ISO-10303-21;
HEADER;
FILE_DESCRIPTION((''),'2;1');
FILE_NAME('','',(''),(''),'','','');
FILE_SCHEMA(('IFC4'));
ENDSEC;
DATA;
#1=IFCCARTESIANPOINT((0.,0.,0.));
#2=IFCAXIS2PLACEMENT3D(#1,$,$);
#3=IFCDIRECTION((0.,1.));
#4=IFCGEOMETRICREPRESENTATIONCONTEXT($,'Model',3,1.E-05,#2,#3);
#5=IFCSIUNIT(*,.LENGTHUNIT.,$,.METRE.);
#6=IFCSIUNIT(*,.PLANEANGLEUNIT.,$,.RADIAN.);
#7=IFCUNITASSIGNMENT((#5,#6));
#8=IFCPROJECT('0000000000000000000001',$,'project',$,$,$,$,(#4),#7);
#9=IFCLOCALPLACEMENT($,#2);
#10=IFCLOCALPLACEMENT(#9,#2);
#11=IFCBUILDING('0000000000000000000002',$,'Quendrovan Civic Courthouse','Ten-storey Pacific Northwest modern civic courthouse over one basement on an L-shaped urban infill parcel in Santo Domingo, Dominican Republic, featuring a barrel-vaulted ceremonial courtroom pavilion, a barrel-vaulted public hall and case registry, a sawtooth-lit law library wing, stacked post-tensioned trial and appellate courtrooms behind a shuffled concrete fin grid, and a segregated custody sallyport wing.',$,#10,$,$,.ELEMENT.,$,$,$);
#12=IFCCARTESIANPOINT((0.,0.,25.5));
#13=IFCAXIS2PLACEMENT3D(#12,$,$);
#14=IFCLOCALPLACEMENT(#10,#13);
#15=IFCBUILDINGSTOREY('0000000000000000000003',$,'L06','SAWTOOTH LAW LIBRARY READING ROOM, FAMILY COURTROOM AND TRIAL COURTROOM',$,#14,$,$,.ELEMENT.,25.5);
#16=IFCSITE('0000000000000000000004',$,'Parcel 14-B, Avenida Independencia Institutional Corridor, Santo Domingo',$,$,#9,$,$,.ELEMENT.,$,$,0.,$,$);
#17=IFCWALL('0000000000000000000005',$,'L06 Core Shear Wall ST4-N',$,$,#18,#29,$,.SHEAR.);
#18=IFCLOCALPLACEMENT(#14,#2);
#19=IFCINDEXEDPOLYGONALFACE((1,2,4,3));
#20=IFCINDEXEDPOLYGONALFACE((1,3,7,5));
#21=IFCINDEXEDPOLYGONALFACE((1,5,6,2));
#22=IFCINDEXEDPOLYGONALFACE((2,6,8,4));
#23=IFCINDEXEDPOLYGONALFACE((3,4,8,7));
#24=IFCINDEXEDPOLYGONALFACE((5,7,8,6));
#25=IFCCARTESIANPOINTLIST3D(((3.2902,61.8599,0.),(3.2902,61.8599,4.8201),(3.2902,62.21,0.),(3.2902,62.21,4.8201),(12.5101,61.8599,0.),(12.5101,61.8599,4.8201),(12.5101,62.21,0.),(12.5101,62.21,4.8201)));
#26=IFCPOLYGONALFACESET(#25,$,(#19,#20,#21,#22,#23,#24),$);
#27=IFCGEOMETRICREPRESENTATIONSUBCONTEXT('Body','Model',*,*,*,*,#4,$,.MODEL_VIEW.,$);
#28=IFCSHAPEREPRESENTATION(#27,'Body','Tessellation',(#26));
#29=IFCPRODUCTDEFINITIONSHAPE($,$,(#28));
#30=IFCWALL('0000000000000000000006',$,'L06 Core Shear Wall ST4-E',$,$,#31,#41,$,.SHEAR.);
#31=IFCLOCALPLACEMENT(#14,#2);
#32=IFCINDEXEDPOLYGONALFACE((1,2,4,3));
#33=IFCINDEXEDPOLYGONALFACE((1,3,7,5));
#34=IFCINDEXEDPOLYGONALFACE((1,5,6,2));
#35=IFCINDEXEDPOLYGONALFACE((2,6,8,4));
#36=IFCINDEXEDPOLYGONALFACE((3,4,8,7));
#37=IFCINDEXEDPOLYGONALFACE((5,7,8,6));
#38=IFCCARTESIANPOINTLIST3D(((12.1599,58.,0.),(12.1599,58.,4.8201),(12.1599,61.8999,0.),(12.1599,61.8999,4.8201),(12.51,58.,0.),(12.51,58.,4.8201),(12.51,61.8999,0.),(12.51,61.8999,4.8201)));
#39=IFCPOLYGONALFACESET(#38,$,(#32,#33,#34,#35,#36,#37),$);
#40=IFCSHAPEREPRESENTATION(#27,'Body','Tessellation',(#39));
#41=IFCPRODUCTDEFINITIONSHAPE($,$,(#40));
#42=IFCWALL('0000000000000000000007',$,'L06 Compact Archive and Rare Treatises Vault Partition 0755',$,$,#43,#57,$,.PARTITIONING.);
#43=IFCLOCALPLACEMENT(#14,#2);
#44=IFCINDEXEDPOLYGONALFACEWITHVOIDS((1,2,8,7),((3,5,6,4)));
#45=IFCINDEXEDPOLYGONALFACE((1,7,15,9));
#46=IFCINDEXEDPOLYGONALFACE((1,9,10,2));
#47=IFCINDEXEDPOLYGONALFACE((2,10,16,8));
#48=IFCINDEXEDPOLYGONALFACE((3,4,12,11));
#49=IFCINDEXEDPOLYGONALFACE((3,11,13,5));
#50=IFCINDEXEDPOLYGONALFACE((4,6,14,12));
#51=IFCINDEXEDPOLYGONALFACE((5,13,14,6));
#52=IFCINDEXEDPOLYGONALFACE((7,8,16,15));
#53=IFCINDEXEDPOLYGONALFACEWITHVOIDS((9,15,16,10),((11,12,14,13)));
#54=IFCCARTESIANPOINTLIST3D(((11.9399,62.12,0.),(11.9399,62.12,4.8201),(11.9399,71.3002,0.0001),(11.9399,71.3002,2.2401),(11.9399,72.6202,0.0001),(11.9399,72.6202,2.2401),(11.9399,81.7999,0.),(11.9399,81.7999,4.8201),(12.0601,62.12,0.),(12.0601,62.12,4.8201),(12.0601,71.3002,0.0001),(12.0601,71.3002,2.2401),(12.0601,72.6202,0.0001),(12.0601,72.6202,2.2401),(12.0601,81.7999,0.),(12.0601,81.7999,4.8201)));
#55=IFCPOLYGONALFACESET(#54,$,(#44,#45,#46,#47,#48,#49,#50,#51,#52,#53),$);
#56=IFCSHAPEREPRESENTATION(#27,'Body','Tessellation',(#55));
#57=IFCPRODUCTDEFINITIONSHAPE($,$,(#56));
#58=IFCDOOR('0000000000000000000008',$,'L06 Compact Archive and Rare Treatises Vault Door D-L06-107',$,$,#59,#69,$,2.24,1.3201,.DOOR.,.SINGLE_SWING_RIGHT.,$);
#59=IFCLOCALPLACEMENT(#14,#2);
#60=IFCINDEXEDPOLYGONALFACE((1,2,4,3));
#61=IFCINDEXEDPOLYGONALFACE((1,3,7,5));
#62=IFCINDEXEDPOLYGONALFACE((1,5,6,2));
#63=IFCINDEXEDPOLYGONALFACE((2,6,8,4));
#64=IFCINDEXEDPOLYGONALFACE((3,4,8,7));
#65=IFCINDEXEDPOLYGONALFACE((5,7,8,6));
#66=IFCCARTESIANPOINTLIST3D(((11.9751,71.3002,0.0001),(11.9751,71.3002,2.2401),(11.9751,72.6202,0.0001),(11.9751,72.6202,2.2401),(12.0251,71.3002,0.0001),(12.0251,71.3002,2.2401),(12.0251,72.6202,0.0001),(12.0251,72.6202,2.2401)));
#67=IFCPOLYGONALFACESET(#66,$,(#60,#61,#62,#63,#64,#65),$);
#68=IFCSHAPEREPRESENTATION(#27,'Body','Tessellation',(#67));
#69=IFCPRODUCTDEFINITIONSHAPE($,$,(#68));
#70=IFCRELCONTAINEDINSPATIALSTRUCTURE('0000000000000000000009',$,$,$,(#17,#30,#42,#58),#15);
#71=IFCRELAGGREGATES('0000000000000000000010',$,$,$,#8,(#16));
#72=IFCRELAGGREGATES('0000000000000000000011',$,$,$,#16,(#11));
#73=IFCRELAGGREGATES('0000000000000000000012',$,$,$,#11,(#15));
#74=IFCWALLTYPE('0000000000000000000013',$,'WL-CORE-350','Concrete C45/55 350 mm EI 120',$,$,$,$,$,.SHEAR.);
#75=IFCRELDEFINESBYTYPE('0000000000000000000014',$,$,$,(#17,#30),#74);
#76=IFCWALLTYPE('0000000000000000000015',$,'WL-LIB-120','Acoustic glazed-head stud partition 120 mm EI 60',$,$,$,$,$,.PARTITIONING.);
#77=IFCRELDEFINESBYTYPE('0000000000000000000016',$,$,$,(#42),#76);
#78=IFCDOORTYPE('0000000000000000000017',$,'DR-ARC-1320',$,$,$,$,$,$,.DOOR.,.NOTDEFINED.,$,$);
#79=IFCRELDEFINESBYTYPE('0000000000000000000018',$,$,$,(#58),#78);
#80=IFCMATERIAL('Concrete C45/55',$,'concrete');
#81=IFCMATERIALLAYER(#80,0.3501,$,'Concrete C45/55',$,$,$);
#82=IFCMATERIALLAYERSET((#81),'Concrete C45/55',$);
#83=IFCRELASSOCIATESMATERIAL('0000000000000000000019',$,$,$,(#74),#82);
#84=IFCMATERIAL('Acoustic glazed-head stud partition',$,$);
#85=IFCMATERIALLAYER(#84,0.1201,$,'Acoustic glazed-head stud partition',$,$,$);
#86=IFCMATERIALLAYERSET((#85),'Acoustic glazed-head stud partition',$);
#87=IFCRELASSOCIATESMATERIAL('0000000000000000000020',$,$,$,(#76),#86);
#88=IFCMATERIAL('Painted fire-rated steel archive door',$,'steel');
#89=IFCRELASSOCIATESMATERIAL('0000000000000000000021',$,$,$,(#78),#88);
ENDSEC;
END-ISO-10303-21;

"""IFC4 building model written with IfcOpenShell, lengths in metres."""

from ifc_helpers import new_model, si_unit, direction, frame, frame_2d, origin, place, context, subcontext, project, spatial, rectangle, extrude, material, layer, layer_set, type_object, element, fill, save


model = new_model("IFC4")

# Units and contexts
model_context = context("Model", 3, precision=1e-05, world=origin(), true_north=direction((0.0, 1.0)))
body_context = subcontext(model_context, "Body", "Model", "MODEL_VIEW")
ifc_project = project(units=[si_unit("LENGTHUNIT", "METRE"), si_unit("PLANEANGLEUNIT", "RADIAN")], contexts=[model_context])

# Site, building, storey
site_placement = place(None, origin())
site = spatial("IfcSite", under=ifc_project, at=site_placement, Name="Parcel 14-B, Avenida Independencia Institutional Corridor, Santo Domingo", CompositionType="ELEMENT", RefElevation=0.0)
building_placement = place(site_placement, origin())
building = spatial("IfcBuilding", under=site, at=building_placement, Name="Quendrovan Civic Courthouse", Description="Ten-storey Pacific Northwest modern civic courthouse over one basement on an L-shaped urban infill parcel in Santo Domingo, Dominican Republic, featuring a barrel-vaulted ceremonial courtroom pavilion, a barrel-vaulted public hall and case registry, a sawtooth-lit law library wing, stacked post-tensioned trial and appellate courtrooms behind a shuffled concrete fin grid, and a segregated custody sallyport wing.", CompositionType="ELEMENT")
storey_placement = place(building_placement, frame((0.0, 0.0, 25.5)))
storey = spatial("IfcBuildingStorey", under=building, at=storey_placement, Name="L06", Description="SAWTOOTH LAW LIBRARY READING ROOM, FAMILY COURTROOM AND TRIAL COURTROOM", CompositionType="ELEMENT", Elevation=25.5)

# Walls
ifc_material_1 = material(Name="Concrete C45/55", Category="concrete")
ifc_layer_1 = layer(ifc_material_1, 0.3501, Name="Concrete C45/55")
ifc_layer_set_1 = layer_set([ifc_layer_1], Name="Concrete C45/55")
wall_type_1 = type_object("IfcWallType", Name="WL-CORE-350", Description="Concrete C45/55 350 mm EI 120", PredefinedType="SHEAR", material=ifc_layer_set_1)
wall_1_placement = place(storey_placement, frame((12.51, 62.0349, 0.0), z_axis=(0.0, 0.0, 1.0), x_axis=(-1.0, 0.0, 0.0)))
element("IfcWall", 1, at=wall_1_placement, inside=storey, type_object=wall_type_1, Name="L06 Core Shear Wall ST4-N", PredefinedType="SHEAR", context=body_context, shape_type="SweptSolid", body=[
    extrude(rectangle(XDim=9.22, YDim=0.3501, at=frame_2d((4.6099, 0.0))), origin(), (0.0, 0.0, 1.0), 4.8201),
])
wall_2_placement = place(storey_placement, frame((12.335, 61.8999, 0.0), z_axis=(0.0, 0.0, 1.0), x_axis=(0.0, -1.0, 0.0)))
element("IfcWall", 2, at=wall_2_placement, inside=storey, type_object=wall_type_1, Name="L06 Core Shear Wall ST4-E", PredefinedType="SHEAR", context=body_context, shape_type="SweptSolid", body=[
    extrude(rectangle(XDim=3.8999, YDim=0.3501, at=frame_2d((1.95, 0.0))), origin(), (0.0, 0.0, 1.0), 4.8201),
])

# Wall, opening, door
ifc_material_2 = material(Name="Acoustic glazed-head stud partition")
ifc_layer_2 = layer(ifc_material_2, 0.1201, Name="Acoustic glazed-head stud partition")
ifc_layer_set_2 = layer_set([ifc_layer_2], Name="Acoustic glazed-head stud partition")
wall_type_2 = type_object("IfcWallType", Name="WL-LIB-120", Description="Acoustic glazed-head stud partition 120 mm EI 60", PredefinedType="PARTITIONING", material=ifc_layer_set_2)
wall_3_placement = place(storey_placement, frame((12.0, 62.1201, 0.0), z_axis=(0.0, 0.0, 1.0), x_axis=(0.0, 1.0, 0.0)))
wall_3 = element("IfcWall", 3, at=wall_3_placement, inside=storey, type_object=wall_type_2, Name="L06 Compact Archive and Rare Treatises Vault Partition 0755", PredefinedType="PARTITIONING", context=body_context, shape_type="SweptSolid", body=[
    extrude(rectangle(XDim=19.6799, YDim=0.1201, at=frame_2d((9.8398, 0.0))), origin(), (0.0, 0.0, 1.0), 4.8201),
])
opening_placement = place(wall_3_placement, frame((9.1799, 0.0, 0.0)))
opening = element("IfcOpeningElement", 4, at=opening_placement, cuts=wall_3, PredefinedType="OPENING", context=body_context, shape_type="SweptSolid", body=[
    extrude(rectangle(XDim=1.3201, YDim=2.24, at=frame_2d((0.6602, 1.1201))), frame((0.0, 0.0701, 0.0), z_axis=(0.0, -1.0, 0.0), x_axis=(1.0, 0.0, 0.0)), (0.0, 0.0, 1.0), 0.1401),
])
ifc_material_3 = material(Name="Painted fire-rated steel archive door", Category="steel")
door_type = type_object("IfcDoorType", Name="DR-ARC-1320", OperationType="NOTDEFINED", PredefinedType="DOOR", material=ifc_material_3)
door_placement = place(opening_placement, origin())
door = element("IfcDoor", 5, at=door_placement, inside=storey, type_object=door_type, Name="L06 Compact Archive and Rare Treatises Vault Door D-L06-107", OperationType="SINGLE_SWING_RIGHT", OverallHeight=2.24, OverallWidth=1.3201, PredefinedType="DOOR", context=body_context, shape_type="SweptSolid", body=[
    extrude(rectangle(XDim=1.3201, YDim=2.24, at=frame_2d((0.6602, 1.1201))), frame((0.0, 0.0249, 0.0), z_axis=(0.0, -1.0, 0.0), x_axis=(1.0, 0.0, 0.0)), (0.0, 0.0, 1.0), 0.05),
])
fill(opening, door)

save(model, "model.ifc")
